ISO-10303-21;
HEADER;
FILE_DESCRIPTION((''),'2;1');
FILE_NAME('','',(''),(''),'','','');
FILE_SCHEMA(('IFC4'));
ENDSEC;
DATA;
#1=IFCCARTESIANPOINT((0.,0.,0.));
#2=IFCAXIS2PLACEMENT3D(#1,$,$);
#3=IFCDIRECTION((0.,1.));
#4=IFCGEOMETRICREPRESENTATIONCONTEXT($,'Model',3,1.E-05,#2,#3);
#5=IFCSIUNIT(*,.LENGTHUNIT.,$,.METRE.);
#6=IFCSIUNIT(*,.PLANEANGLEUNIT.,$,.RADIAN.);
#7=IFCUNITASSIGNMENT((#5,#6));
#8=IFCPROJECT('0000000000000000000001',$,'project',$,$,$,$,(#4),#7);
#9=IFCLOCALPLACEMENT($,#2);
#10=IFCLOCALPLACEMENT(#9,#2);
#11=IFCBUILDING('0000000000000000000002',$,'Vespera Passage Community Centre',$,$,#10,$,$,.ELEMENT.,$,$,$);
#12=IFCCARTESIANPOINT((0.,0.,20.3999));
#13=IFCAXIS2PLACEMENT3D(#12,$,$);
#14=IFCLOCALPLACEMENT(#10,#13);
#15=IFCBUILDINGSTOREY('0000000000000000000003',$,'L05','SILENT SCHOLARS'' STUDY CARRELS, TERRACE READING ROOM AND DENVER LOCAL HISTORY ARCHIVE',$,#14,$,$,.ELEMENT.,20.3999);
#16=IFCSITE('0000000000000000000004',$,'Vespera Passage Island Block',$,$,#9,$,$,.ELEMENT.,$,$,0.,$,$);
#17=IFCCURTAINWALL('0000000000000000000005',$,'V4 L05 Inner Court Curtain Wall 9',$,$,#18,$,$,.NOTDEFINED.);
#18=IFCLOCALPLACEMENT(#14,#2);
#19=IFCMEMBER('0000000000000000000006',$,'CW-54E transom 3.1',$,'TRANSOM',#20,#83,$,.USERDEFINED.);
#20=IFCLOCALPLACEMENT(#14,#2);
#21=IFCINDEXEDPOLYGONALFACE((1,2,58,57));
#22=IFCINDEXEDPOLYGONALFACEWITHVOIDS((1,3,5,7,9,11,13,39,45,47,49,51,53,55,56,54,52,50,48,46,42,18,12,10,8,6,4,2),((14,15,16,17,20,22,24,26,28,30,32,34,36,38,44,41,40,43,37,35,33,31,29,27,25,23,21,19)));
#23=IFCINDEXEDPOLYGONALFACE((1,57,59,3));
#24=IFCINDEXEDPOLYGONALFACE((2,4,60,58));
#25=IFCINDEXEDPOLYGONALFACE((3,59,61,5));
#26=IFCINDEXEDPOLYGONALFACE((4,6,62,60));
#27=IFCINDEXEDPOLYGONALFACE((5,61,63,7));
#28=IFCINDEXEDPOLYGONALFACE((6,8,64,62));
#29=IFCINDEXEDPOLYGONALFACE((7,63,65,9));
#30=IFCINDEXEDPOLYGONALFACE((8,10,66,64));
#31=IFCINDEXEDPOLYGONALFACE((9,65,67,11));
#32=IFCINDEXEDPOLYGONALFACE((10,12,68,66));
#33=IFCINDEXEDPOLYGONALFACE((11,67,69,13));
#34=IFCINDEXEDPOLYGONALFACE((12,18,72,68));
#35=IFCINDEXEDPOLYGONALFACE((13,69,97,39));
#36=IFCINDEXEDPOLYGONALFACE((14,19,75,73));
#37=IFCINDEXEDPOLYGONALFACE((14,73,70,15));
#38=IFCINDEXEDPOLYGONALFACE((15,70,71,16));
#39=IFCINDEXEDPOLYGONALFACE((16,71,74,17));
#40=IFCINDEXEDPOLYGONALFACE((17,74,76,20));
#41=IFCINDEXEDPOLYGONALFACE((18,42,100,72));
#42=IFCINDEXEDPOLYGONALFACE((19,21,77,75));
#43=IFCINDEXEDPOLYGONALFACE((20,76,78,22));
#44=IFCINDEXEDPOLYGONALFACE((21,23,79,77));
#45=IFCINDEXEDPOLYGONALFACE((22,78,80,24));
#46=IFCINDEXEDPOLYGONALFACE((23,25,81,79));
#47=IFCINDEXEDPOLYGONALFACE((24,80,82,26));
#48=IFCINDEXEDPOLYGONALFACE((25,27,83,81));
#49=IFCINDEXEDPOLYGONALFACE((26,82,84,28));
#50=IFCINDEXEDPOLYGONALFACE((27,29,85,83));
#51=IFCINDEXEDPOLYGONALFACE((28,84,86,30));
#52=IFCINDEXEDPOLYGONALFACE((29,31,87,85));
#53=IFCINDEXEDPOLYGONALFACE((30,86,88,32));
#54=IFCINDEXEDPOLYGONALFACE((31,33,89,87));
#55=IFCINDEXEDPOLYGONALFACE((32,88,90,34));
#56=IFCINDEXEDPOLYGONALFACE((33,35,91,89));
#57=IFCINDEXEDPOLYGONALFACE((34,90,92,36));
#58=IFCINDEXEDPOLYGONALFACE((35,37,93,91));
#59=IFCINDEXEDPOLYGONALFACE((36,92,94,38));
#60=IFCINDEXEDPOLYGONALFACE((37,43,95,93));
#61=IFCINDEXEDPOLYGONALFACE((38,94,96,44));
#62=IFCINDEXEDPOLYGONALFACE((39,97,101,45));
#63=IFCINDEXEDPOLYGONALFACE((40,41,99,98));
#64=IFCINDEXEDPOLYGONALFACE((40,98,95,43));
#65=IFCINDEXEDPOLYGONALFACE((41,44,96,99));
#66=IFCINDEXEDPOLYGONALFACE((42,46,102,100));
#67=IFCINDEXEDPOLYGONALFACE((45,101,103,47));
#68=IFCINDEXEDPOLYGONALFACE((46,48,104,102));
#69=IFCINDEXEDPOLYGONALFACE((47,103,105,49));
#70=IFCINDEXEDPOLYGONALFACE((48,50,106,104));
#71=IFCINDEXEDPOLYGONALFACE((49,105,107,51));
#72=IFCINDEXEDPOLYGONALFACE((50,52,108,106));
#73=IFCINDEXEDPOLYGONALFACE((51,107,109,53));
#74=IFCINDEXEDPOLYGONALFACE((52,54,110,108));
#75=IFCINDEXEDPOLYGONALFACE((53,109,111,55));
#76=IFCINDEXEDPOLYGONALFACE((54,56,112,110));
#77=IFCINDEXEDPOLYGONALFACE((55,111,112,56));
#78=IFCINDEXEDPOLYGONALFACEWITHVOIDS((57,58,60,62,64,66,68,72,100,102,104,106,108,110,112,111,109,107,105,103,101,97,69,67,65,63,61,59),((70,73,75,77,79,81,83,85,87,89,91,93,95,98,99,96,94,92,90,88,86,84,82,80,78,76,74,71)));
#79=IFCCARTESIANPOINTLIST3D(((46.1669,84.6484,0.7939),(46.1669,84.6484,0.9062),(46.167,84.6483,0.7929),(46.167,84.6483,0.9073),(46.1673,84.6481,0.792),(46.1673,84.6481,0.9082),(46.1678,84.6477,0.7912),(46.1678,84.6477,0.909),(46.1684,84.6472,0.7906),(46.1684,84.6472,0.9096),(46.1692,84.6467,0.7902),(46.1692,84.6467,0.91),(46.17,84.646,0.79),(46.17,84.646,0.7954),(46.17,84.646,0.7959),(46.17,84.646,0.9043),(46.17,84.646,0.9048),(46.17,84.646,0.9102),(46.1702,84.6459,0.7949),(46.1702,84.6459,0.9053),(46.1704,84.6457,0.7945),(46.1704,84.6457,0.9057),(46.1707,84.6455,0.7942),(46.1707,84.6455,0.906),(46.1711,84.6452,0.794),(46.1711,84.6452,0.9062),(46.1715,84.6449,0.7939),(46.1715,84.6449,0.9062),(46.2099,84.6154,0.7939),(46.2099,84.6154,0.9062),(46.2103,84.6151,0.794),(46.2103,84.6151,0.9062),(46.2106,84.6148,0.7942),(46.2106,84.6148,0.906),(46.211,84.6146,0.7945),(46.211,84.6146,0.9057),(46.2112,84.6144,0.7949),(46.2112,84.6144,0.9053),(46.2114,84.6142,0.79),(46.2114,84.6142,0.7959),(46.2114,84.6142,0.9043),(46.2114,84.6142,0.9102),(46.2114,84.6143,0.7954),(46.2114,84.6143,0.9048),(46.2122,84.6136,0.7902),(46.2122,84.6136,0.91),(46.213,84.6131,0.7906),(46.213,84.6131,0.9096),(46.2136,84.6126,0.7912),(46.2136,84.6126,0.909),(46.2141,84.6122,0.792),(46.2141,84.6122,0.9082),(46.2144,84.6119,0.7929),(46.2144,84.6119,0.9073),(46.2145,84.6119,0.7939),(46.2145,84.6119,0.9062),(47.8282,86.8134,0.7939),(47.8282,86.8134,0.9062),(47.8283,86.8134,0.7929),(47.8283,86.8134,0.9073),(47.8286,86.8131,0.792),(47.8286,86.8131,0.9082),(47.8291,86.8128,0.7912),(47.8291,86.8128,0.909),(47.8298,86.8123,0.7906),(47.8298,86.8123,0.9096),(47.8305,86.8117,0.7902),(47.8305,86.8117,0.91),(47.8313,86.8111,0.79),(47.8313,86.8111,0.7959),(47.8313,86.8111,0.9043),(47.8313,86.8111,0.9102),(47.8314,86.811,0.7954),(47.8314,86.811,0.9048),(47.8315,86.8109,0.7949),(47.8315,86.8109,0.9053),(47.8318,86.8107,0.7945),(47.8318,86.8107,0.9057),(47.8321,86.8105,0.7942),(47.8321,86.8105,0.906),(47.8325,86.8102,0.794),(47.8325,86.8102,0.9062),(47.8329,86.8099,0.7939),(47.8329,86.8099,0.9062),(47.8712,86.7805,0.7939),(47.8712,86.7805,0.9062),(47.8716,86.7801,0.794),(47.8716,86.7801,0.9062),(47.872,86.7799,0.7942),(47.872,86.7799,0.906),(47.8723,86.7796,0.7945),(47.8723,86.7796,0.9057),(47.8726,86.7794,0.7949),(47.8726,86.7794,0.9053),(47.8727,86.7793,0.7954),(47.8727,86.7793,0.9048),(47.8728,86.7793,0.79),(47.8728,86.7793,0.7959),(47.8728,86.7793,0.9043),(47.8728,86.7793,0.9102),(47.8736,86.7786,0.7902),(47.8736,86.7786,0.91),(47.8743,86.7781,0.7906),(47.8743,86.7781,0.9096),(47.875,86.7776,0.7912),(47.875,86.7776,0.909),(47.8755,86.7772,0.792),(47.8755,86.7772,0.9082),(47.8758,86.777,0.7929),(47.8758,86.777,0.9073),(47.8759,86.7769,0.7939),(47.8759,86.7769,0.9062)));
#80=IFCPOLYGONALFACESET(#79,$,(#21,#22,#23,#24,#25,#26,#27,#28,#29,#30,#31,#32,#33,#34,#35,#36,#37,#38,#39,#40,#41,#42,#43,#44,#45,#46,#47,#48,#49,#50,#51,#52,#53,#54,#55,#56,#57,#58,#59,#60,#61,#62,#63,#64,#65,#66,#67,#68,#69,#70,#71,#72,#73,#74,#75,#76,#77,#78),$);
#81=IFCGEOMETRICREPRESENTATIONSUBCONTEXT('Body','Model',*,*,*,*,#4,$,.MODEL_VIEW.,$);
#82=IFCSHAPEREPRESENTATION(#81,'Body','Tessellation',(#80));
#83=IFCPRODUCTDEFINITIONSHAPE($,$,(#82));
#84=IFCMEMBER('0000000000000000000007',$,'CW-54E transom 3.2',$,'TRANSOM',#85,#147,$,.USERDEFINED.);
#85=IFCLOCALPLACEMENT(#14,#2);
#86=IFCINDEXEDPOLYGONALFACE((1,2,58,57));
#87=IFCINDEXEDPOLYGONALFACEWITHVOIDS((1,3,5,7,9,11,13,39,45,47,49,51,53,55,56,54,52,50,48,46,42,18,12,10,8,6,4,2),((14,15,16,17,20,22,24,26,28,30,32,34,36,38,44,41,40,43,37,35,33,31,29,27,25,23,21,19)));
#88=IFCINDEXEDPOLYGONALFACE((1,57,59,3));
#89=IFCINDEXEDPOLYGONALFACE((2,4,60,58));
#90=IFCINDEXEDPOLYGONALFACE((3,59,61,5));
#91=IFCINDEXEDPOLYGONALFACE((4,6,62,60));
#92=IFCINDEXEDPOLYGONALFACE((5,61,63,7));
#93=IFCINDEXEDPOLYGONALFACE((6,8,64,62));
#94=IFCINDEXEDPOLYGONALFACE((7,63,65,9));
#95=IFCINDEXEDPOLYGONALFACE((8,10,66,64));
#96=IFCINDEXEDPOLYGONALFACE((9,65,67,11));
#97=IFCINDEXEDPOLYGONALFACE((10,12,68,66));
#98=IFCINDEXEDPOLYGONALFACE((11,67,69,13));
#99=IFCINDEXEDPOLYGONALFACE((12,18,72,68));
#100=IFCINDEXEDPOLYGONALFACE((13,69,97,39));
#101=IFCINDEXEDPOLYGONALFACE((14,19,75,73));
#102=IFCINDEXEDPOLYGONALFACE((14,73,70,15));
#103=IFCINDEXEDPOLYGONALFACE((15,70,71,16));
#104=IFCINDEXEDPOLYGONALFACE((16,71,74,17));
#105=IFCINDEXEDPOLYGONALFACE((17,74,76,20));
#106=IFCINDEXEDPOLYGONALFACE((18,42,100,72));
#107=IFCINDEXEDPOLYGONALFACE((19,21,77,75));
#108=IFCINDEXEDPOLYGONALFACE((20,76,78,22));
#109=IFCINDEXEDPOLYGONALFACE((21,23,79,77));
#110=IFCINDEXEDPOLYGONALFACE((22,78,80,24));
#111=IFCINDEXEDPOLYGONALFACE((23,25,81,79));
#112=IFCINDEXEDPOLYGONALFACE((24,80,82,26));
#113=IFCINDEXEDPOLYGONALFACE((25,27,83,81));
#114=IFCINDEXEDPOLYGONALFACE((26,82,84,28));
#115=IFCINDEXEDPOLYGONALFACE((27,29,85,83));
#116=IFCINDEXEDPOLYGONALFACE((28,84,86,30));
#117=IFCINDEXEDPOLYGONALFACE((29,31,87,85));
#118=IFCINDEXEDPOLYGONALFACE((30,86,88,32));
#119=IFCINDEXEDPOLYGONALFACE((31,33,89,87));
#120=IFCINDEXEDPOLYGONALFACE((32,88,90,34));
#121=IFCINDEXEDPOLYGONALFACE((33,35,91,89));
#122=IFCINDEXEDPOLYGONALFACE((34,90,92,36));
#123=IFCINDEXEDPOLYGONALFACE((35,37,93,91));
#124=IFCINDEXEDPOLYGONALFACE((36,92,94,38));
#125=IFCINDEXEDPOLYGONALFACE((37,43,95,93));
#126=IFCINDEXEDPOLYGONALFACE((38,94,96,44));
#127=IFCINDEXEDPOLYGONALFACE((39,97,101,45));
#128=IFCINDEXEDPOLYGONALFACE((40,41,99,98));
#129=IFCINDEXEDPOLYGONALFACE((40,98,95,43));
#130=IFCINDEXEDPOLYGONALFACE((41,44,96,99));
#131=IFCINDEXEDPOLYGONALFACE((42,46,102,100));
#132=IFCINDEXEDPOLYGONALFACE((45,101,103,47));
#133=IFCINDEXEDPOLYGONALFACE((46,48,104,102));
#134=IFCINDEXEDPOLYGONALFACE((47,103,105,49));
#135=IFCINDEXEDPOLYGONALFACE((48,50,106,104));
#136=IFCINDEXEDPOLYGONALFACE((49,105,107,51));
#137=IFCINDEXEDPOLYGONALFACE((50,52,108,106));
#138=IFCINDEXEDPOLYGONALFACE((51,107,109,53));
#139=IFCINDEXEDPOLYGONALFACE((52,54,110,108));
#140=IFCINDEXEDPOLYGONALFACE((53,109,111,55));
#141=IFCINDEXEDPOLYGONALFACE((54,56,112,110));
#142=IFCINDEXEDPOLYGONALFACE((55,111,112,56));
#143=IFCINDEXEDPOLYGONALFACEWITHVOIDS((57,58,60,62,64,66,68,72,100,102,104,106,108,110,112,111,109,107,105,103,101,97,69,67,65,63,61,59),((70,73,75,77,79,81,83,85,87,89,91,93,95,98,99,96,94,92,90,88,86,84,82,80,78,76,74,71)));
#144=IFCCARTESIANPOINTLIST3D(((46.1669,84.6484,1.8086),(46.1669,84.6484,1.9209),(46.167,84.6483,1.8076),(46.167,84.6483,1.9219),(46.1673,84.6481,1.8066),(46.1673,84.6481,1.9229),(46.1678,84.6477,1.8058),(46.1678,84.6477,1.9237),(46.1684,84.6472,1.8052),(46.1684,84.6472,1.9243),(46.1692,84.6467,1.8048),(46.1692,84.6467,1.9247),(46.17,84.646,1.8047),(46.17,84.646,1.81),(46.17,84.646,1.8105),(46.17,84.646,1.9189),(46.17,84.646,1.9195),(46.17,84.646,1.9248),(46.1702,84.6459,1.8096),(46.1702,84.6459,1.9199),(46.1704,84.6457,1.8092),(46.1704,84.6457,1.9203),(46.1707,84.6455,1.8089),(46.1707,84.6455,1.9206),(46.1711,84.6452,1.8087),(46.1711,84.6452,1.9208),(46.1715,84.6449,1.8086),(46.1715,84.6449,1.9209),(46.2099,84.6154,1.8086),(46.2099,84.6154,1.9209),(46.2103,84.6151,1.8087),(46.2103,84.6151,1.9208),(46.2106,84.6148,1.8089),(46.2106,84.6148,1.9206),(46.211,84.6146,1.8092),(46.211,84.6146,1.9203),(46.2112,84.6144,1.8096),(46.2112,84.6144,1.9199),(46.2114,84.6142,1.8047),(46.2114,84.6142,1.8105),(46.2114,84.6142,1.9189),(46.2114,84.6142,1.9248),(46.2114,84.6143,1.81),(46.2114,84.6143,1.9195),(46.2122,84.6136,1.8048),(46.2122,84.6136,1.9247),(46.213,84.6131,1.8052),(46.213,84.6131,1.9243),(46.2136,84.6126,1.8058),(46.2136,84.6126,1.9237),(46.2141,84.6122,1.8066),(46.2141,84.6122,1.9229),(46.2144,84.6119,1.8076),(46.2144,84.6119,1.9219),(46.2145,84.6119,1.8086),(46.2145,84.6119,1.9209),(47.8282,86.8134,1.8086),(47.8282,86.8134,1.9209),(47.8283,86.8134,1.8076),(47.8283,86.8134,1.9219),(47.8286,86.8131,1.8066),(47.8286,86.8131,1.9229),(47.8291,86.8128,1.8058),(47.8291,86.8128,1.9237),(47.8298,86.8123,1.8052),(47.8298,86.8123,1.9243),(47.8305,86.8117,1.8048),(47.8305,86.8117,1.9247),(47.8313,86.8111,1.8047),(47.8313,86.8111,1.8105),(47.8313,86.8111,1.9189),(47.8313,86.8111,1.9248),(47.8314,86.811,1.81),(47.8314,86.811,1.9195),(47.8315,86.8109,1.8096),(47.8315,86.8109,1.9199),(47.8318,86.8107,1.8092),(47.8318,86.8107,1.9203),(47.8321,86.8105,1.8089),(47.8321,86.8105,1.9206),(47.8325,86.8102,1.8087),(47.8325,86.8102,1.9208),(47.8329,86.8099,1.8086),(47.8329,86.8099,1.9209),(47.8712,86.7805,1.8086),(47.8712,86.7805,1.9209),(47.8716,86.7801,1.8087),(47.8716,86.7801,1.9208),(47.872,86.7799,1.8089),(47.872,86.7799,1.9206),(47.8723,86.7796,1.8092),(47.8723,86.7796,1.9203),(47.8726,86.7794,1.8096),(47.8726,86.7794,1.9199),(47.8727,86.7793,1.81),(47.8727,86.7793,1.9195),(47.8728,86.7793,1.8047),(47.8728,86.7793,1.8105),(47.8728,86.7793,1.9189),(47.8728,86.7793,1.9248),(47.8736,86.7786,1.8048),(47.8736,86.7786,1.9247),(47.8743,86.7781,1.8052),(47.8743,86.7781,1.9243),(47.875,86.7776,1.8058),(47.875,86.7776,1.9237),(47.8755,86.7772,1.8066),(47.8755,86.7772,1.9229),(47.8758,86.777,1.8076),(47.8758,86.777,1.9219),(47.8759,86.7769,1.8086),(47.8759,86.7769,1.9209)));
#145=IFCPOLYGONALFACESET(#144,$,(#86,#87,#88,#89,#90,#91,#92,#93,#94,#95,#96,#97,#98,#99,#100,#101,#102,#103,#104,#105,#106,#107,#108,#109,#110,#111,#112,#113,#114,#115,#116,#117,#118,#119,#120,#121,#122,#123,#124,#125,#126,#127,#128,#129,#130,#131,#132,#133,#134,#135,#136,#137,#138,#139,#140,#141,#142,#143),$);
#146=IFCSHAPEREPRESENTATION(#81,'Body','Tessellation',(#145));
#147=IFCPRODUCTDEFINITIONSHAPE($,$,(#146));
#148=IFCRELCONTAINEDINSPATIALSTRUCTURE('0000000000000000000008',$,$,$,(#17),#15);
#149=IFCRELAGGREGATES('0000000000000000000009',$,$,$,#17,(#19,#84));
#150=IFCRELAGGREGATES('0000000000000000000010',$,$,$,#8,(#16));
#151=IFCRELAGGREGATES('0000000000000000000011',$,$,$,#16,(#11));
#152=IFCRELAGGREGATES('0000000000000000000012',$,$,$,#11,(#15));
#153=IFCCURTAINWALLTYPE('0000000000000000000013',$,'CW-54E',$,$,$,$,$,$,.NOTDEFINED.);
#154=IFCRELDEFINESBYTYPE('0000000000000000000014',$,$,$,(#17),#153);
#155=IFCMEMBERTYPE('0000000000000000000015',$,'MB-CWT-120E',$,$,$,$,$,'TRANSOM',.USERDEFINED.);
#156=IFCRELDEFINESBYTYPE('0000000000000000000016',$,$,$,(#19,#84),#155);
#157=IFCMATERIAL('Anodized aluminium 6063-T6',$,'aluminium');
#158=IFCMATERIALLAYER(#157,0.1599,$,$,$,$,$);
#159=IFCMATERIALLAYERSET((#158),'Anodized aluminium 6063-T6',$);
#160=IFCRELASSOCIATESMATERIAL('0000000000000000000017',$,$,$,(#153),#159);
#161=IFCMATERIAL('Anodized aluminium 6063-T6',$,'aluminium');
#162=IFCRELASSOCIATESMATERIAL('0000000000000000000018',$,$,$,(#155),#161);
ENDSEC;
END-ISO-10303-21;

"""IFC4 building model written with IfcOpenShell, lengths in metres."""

from ifc_helpers import new_model, si_unit, direction, frame, origin, origin_2d, place, context, subcontext, project, spatial, hollow_rectangle, extrude, material, layer, layer_set, material_profile, profile_set, type_object, element, aggregate, save


model = new_model("IFC4")

# Units and contexts
model_context = context("Model", 3, precision=1e-05, world=origin(), true_north=direction((0.0, 1.0)))
body_context = subcontext(model_context, "Body", "Model", "MODEL_VIEW")
ifc_project = project(units=[si_unit("LENGTHUNIT", "METRE"), si_unit("PLANEANGLEUNIT", "RADIAN")], contexts=[model_context])

# Site, building, storey
site_placement = place(None, origin())
site = spatial("IfcSite", under=ifc_project, at=site_placement, Name="Vespera Passage Island Block", CompositionType="ELEMENT", RefElevation=0.0)
building_placement = place(site_placement, origin())
building = spatial("IfcBuilding", under=site, at=building_placement, Name="Vespera Passage Community Centre", CompositionType="ELEMENT")
storey_placement = place(building_placement, frame((0.0, 0.0, 20.3999)))
storey = spatial("IfcBuildingStorey", under=building, at=storey_placement, Name="L05", Description="SILENT SCHOLARS' STUDY CARRELS, TERRACE READING ROOM AND DENVER LOCAL HISTORY ARCHIVE", CompositionType="ELEMENT", Elevation=20.3999)

# Curtain wall, members
ifc_material_1 = material(Name="Anodized aluminium 6063-T6", Category="aluminium")
ifc_layer_1 = layer(ifc_material_1, 0.1599)
ifc_layer_set_1 = layer_set([ifc_layer_1], Name="Anodized aluminium 6063-T6")
curtain_wall_type = type_object("IfcCurtainWallType", Name="CW-54E", PredefinedType="NOTDEFINED", material=ifc_layer_set_1)
curtain_wall_placement = place(storey_placement, origin())
curtain_wall = element("IfcCurtainWall", 1, at=curtain_wall_placement, inside=storey, type_object=curtain_wall_type, Name="V4 L05 Inner Court Curtain Wall 9", PredefinedType="NOTDEFINED")
ifc_material_2 = material(Name="Anodized aluminium 6063-T6", Category="aluminium")
ifc_material_profile_1 = material_profile(ifc_material_2, hollow_rectangle(XDim=0.0601, YDim=0.1201, WallThickness=0.0039, InnerFilletRadius=0.002, OuterFilletRadius=0.0039, at=origin_2d()), Name="ALU120X60X4")
ifc_profile_set_1 = profile_set([ifc_material_profile_1], Name="Anodized aluminium 6063-T6")
member_type_1 = type_object("IfcMemberType", Name="MB-CWT-120E", ElementType="TRANSOM", PredefinedType="USERDEFINED", material=ifc_profile_set_1)
member_1_placement = place(storey_placement, frame((47.8521, 86.7952, 0.8501), z_axis=(-0.608781, -0.793338, 0.0), x_axis=(0.793338, -0.608781, 0.0)))
member_1 = element("IfcMember", 2, at=member_1_placement, type_object=member_type_1, Name="CW-54E transom 3.1", ObjectType="TRANSOM", PredefinedType="USERDEFINED", context=body_context, shape_type="SweptSolid", body=[
    extrude(hollow_rectangle(XDim=0.0601, YDim=0.1201, WallThickness=0.0039, InnerFilletRadius=0.002, OuterFilletRadius=0.0039, at=origin_2d()), origin(), (0.0, 0.0, 1.0), 2.729),
])
member_2_placement = place(storey_placement, frame((47.8521, 86.7952, 1.8647), z_axis=(-0.608781, -0.793338, 0.0), x_axis=(0.793338, -0.608781, 0.0)))
member_2 = element("IfcMember", 3, at=member_2_placement, type_object=member_type_1, Name="CW-54E transom 3.2", ObjectType="TRANSOM", PredefinedType="USERDEFINED", context=body_context, shape_type="SweptSolid", body=[
    extrude(hollow_rectangle(XDim=0.0601, YDim=0.1201, WallThickness=0.0039, InnerFilletRadius=0.002, OuterFilletRadius=0.0039, at=origin_2d()), origin(), (0.0, 0.0, 1.0), 2.729),
])
aggregate(curtain_wall, [member_1, member_2])

save(model, "model.ifc")
